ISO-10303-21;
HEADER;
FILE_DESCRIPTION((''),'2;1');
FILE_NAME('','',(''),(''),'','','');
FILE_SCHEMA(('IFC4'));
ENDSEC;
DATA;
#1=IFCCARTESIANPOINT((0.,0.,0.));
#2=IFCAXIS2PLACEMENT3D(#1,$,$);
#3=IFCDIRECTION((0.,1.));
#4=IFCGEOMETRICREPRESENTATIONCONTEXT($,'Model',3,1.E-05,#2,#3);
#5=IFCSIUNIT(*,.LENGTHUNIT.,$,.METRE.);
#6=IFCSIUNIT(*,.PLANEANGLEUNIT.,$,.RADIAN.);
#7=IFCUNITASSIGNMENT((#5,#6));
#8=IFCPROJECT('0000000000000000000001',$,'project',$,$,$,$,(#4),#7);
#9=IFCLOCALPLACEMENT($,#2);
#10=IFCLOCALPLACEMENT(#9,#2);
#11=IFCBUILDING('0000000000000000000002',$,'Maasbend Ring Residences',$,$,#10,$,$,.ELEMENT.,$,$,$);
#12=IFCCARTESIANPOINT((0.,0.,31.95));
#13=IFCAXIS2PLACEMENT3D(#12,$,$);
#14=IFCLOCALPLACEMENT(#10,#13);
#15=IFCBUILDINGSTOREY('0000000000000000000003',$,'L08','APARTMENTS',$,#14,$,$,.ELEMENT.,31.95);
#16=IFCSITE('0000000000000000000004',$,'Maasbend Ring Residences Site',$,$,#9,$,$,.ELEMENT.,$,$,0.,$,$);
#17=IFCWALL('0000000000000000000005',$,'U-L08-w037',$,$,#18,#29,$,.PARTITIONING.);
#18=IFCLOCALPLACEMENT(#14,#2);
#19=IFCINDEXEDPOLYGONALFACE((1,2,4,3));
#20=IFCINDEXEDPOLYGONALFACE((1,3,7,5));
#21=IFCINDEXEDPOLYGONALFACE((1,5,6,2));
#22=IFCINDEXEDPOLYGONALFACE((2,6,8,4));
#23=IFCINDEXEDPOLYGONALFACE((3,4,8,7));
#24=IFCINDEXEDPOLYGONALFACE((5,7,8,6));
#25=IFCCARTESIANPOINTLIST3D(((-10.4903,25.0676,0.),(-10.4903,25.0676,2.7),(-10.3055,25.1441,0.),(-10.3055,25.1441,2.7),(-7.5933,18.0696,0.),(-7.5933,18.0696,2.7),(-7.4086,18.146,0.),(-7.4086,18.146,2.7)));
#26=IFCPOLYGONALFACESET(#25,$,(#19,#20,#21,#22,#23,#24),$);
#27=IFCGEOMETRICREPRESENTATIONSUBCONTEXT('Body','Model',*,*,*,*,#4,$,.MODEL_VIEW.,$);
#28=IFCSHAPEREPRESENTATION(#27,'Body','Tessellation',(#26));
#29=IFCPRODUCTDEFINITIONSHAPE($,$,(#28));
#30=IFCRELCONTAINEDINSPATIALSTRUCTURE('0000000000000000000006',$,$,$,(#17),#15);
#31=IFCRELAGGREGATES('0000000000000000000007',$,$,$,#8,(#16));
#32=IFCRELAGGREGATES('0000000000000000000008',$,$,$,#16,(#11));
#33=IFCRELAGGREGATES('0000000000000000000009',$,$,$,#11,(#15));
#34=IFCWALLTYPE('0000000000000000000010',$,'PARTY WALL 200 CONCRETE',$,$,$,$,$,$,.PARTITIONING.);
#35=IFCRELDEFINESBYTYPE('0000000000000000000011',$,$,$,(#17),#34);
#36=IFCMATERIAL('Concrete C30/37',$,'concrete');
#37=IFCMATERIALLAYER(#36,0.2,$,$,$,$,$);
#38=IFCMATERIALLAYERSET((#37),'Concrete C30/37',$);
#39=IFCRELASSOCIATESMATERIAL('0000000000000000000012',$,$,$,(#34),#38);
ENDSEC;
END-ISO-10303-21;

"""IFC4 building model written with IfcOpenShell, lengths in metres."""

from ifc_helpers import new_model, si_unit, direction, frame, frame_2d, origin, place, context, subcontext, project, spatial, rectangle, extrude, material, layer, layer_set, type_object, element, save


model = new_model("IFC4")

# Units and contexts
model_context = context("Model", 3, precision=1e-05, world=origin(), true_north=direction((0.0, 1.0)))
body_context = subcontext(model_context, "Body", "Model", "MODEL_VIEW")
ifc_project = project(units=[si_unit("LENGTHUNIT", "METRE"), si_unit("PLANEANGLEUNIT", "RADIAN")], contexts=[model_context])

# Site, building, storey
site_placement = place(None, origin())
site = spatial("IfcSite", under=ifc_project, at=site_placement, Name="Maasbend Ring Residences Site", CompositionType="ELEMENT", RefElevation=0.0)
building_placement = place(site_placement, origin())
building = spatial("IfcBuilding", under=site, at=building_placement, Name="Maasbend Ring Residences", CompositionType="ELEMENT")
storey_placement = place(building_placement, frame((0.0, 0.0, 31.95)))
storey = spatial("IfcBuildingStorey", under=building, at=storey_placement, Name="L08", Description="APARTMENTS", CompositionType="ELEMENT", Elevation=31.95)

# Wall
ifc_material_1 = material(Name="Concrete C30/37", Category="concrete")
ifc_layer_1 = layer(ifc_material_1, 0.2)
ifc_layer_set_1 = layer_set([ifc_layer_1], Name="Concrete C30/37")
wall_type_1 = type_object("IfcWallType", Name="PARTY WALL 200 CONCRETE", PredefinedType="PARTITIONING", material=ifc_layer_set_1)
wall_1_placement = place(storey_placement, frame((-10.3979, 25.106, 0.0), z_axis=(0.0, 0.0, 1.0), x_axis=(0.38249, -0.923959, 0.0)))
element("IfcWall", 1, at=wall_1_placement, inside=storey, type_object=wall_type_1, Name="U-L08-w037", PredefinedType="PARTITIONING", context=body_context, shape_type="SweptSolid", body=[
    extrude(rectangle(XDim=7.574, YDim=0.2, at=frame_2d((3.7871, 0.0))), origin(), (0.0, 0.0, 1.0), 2.7),
])

save(model, "model.ifc")
